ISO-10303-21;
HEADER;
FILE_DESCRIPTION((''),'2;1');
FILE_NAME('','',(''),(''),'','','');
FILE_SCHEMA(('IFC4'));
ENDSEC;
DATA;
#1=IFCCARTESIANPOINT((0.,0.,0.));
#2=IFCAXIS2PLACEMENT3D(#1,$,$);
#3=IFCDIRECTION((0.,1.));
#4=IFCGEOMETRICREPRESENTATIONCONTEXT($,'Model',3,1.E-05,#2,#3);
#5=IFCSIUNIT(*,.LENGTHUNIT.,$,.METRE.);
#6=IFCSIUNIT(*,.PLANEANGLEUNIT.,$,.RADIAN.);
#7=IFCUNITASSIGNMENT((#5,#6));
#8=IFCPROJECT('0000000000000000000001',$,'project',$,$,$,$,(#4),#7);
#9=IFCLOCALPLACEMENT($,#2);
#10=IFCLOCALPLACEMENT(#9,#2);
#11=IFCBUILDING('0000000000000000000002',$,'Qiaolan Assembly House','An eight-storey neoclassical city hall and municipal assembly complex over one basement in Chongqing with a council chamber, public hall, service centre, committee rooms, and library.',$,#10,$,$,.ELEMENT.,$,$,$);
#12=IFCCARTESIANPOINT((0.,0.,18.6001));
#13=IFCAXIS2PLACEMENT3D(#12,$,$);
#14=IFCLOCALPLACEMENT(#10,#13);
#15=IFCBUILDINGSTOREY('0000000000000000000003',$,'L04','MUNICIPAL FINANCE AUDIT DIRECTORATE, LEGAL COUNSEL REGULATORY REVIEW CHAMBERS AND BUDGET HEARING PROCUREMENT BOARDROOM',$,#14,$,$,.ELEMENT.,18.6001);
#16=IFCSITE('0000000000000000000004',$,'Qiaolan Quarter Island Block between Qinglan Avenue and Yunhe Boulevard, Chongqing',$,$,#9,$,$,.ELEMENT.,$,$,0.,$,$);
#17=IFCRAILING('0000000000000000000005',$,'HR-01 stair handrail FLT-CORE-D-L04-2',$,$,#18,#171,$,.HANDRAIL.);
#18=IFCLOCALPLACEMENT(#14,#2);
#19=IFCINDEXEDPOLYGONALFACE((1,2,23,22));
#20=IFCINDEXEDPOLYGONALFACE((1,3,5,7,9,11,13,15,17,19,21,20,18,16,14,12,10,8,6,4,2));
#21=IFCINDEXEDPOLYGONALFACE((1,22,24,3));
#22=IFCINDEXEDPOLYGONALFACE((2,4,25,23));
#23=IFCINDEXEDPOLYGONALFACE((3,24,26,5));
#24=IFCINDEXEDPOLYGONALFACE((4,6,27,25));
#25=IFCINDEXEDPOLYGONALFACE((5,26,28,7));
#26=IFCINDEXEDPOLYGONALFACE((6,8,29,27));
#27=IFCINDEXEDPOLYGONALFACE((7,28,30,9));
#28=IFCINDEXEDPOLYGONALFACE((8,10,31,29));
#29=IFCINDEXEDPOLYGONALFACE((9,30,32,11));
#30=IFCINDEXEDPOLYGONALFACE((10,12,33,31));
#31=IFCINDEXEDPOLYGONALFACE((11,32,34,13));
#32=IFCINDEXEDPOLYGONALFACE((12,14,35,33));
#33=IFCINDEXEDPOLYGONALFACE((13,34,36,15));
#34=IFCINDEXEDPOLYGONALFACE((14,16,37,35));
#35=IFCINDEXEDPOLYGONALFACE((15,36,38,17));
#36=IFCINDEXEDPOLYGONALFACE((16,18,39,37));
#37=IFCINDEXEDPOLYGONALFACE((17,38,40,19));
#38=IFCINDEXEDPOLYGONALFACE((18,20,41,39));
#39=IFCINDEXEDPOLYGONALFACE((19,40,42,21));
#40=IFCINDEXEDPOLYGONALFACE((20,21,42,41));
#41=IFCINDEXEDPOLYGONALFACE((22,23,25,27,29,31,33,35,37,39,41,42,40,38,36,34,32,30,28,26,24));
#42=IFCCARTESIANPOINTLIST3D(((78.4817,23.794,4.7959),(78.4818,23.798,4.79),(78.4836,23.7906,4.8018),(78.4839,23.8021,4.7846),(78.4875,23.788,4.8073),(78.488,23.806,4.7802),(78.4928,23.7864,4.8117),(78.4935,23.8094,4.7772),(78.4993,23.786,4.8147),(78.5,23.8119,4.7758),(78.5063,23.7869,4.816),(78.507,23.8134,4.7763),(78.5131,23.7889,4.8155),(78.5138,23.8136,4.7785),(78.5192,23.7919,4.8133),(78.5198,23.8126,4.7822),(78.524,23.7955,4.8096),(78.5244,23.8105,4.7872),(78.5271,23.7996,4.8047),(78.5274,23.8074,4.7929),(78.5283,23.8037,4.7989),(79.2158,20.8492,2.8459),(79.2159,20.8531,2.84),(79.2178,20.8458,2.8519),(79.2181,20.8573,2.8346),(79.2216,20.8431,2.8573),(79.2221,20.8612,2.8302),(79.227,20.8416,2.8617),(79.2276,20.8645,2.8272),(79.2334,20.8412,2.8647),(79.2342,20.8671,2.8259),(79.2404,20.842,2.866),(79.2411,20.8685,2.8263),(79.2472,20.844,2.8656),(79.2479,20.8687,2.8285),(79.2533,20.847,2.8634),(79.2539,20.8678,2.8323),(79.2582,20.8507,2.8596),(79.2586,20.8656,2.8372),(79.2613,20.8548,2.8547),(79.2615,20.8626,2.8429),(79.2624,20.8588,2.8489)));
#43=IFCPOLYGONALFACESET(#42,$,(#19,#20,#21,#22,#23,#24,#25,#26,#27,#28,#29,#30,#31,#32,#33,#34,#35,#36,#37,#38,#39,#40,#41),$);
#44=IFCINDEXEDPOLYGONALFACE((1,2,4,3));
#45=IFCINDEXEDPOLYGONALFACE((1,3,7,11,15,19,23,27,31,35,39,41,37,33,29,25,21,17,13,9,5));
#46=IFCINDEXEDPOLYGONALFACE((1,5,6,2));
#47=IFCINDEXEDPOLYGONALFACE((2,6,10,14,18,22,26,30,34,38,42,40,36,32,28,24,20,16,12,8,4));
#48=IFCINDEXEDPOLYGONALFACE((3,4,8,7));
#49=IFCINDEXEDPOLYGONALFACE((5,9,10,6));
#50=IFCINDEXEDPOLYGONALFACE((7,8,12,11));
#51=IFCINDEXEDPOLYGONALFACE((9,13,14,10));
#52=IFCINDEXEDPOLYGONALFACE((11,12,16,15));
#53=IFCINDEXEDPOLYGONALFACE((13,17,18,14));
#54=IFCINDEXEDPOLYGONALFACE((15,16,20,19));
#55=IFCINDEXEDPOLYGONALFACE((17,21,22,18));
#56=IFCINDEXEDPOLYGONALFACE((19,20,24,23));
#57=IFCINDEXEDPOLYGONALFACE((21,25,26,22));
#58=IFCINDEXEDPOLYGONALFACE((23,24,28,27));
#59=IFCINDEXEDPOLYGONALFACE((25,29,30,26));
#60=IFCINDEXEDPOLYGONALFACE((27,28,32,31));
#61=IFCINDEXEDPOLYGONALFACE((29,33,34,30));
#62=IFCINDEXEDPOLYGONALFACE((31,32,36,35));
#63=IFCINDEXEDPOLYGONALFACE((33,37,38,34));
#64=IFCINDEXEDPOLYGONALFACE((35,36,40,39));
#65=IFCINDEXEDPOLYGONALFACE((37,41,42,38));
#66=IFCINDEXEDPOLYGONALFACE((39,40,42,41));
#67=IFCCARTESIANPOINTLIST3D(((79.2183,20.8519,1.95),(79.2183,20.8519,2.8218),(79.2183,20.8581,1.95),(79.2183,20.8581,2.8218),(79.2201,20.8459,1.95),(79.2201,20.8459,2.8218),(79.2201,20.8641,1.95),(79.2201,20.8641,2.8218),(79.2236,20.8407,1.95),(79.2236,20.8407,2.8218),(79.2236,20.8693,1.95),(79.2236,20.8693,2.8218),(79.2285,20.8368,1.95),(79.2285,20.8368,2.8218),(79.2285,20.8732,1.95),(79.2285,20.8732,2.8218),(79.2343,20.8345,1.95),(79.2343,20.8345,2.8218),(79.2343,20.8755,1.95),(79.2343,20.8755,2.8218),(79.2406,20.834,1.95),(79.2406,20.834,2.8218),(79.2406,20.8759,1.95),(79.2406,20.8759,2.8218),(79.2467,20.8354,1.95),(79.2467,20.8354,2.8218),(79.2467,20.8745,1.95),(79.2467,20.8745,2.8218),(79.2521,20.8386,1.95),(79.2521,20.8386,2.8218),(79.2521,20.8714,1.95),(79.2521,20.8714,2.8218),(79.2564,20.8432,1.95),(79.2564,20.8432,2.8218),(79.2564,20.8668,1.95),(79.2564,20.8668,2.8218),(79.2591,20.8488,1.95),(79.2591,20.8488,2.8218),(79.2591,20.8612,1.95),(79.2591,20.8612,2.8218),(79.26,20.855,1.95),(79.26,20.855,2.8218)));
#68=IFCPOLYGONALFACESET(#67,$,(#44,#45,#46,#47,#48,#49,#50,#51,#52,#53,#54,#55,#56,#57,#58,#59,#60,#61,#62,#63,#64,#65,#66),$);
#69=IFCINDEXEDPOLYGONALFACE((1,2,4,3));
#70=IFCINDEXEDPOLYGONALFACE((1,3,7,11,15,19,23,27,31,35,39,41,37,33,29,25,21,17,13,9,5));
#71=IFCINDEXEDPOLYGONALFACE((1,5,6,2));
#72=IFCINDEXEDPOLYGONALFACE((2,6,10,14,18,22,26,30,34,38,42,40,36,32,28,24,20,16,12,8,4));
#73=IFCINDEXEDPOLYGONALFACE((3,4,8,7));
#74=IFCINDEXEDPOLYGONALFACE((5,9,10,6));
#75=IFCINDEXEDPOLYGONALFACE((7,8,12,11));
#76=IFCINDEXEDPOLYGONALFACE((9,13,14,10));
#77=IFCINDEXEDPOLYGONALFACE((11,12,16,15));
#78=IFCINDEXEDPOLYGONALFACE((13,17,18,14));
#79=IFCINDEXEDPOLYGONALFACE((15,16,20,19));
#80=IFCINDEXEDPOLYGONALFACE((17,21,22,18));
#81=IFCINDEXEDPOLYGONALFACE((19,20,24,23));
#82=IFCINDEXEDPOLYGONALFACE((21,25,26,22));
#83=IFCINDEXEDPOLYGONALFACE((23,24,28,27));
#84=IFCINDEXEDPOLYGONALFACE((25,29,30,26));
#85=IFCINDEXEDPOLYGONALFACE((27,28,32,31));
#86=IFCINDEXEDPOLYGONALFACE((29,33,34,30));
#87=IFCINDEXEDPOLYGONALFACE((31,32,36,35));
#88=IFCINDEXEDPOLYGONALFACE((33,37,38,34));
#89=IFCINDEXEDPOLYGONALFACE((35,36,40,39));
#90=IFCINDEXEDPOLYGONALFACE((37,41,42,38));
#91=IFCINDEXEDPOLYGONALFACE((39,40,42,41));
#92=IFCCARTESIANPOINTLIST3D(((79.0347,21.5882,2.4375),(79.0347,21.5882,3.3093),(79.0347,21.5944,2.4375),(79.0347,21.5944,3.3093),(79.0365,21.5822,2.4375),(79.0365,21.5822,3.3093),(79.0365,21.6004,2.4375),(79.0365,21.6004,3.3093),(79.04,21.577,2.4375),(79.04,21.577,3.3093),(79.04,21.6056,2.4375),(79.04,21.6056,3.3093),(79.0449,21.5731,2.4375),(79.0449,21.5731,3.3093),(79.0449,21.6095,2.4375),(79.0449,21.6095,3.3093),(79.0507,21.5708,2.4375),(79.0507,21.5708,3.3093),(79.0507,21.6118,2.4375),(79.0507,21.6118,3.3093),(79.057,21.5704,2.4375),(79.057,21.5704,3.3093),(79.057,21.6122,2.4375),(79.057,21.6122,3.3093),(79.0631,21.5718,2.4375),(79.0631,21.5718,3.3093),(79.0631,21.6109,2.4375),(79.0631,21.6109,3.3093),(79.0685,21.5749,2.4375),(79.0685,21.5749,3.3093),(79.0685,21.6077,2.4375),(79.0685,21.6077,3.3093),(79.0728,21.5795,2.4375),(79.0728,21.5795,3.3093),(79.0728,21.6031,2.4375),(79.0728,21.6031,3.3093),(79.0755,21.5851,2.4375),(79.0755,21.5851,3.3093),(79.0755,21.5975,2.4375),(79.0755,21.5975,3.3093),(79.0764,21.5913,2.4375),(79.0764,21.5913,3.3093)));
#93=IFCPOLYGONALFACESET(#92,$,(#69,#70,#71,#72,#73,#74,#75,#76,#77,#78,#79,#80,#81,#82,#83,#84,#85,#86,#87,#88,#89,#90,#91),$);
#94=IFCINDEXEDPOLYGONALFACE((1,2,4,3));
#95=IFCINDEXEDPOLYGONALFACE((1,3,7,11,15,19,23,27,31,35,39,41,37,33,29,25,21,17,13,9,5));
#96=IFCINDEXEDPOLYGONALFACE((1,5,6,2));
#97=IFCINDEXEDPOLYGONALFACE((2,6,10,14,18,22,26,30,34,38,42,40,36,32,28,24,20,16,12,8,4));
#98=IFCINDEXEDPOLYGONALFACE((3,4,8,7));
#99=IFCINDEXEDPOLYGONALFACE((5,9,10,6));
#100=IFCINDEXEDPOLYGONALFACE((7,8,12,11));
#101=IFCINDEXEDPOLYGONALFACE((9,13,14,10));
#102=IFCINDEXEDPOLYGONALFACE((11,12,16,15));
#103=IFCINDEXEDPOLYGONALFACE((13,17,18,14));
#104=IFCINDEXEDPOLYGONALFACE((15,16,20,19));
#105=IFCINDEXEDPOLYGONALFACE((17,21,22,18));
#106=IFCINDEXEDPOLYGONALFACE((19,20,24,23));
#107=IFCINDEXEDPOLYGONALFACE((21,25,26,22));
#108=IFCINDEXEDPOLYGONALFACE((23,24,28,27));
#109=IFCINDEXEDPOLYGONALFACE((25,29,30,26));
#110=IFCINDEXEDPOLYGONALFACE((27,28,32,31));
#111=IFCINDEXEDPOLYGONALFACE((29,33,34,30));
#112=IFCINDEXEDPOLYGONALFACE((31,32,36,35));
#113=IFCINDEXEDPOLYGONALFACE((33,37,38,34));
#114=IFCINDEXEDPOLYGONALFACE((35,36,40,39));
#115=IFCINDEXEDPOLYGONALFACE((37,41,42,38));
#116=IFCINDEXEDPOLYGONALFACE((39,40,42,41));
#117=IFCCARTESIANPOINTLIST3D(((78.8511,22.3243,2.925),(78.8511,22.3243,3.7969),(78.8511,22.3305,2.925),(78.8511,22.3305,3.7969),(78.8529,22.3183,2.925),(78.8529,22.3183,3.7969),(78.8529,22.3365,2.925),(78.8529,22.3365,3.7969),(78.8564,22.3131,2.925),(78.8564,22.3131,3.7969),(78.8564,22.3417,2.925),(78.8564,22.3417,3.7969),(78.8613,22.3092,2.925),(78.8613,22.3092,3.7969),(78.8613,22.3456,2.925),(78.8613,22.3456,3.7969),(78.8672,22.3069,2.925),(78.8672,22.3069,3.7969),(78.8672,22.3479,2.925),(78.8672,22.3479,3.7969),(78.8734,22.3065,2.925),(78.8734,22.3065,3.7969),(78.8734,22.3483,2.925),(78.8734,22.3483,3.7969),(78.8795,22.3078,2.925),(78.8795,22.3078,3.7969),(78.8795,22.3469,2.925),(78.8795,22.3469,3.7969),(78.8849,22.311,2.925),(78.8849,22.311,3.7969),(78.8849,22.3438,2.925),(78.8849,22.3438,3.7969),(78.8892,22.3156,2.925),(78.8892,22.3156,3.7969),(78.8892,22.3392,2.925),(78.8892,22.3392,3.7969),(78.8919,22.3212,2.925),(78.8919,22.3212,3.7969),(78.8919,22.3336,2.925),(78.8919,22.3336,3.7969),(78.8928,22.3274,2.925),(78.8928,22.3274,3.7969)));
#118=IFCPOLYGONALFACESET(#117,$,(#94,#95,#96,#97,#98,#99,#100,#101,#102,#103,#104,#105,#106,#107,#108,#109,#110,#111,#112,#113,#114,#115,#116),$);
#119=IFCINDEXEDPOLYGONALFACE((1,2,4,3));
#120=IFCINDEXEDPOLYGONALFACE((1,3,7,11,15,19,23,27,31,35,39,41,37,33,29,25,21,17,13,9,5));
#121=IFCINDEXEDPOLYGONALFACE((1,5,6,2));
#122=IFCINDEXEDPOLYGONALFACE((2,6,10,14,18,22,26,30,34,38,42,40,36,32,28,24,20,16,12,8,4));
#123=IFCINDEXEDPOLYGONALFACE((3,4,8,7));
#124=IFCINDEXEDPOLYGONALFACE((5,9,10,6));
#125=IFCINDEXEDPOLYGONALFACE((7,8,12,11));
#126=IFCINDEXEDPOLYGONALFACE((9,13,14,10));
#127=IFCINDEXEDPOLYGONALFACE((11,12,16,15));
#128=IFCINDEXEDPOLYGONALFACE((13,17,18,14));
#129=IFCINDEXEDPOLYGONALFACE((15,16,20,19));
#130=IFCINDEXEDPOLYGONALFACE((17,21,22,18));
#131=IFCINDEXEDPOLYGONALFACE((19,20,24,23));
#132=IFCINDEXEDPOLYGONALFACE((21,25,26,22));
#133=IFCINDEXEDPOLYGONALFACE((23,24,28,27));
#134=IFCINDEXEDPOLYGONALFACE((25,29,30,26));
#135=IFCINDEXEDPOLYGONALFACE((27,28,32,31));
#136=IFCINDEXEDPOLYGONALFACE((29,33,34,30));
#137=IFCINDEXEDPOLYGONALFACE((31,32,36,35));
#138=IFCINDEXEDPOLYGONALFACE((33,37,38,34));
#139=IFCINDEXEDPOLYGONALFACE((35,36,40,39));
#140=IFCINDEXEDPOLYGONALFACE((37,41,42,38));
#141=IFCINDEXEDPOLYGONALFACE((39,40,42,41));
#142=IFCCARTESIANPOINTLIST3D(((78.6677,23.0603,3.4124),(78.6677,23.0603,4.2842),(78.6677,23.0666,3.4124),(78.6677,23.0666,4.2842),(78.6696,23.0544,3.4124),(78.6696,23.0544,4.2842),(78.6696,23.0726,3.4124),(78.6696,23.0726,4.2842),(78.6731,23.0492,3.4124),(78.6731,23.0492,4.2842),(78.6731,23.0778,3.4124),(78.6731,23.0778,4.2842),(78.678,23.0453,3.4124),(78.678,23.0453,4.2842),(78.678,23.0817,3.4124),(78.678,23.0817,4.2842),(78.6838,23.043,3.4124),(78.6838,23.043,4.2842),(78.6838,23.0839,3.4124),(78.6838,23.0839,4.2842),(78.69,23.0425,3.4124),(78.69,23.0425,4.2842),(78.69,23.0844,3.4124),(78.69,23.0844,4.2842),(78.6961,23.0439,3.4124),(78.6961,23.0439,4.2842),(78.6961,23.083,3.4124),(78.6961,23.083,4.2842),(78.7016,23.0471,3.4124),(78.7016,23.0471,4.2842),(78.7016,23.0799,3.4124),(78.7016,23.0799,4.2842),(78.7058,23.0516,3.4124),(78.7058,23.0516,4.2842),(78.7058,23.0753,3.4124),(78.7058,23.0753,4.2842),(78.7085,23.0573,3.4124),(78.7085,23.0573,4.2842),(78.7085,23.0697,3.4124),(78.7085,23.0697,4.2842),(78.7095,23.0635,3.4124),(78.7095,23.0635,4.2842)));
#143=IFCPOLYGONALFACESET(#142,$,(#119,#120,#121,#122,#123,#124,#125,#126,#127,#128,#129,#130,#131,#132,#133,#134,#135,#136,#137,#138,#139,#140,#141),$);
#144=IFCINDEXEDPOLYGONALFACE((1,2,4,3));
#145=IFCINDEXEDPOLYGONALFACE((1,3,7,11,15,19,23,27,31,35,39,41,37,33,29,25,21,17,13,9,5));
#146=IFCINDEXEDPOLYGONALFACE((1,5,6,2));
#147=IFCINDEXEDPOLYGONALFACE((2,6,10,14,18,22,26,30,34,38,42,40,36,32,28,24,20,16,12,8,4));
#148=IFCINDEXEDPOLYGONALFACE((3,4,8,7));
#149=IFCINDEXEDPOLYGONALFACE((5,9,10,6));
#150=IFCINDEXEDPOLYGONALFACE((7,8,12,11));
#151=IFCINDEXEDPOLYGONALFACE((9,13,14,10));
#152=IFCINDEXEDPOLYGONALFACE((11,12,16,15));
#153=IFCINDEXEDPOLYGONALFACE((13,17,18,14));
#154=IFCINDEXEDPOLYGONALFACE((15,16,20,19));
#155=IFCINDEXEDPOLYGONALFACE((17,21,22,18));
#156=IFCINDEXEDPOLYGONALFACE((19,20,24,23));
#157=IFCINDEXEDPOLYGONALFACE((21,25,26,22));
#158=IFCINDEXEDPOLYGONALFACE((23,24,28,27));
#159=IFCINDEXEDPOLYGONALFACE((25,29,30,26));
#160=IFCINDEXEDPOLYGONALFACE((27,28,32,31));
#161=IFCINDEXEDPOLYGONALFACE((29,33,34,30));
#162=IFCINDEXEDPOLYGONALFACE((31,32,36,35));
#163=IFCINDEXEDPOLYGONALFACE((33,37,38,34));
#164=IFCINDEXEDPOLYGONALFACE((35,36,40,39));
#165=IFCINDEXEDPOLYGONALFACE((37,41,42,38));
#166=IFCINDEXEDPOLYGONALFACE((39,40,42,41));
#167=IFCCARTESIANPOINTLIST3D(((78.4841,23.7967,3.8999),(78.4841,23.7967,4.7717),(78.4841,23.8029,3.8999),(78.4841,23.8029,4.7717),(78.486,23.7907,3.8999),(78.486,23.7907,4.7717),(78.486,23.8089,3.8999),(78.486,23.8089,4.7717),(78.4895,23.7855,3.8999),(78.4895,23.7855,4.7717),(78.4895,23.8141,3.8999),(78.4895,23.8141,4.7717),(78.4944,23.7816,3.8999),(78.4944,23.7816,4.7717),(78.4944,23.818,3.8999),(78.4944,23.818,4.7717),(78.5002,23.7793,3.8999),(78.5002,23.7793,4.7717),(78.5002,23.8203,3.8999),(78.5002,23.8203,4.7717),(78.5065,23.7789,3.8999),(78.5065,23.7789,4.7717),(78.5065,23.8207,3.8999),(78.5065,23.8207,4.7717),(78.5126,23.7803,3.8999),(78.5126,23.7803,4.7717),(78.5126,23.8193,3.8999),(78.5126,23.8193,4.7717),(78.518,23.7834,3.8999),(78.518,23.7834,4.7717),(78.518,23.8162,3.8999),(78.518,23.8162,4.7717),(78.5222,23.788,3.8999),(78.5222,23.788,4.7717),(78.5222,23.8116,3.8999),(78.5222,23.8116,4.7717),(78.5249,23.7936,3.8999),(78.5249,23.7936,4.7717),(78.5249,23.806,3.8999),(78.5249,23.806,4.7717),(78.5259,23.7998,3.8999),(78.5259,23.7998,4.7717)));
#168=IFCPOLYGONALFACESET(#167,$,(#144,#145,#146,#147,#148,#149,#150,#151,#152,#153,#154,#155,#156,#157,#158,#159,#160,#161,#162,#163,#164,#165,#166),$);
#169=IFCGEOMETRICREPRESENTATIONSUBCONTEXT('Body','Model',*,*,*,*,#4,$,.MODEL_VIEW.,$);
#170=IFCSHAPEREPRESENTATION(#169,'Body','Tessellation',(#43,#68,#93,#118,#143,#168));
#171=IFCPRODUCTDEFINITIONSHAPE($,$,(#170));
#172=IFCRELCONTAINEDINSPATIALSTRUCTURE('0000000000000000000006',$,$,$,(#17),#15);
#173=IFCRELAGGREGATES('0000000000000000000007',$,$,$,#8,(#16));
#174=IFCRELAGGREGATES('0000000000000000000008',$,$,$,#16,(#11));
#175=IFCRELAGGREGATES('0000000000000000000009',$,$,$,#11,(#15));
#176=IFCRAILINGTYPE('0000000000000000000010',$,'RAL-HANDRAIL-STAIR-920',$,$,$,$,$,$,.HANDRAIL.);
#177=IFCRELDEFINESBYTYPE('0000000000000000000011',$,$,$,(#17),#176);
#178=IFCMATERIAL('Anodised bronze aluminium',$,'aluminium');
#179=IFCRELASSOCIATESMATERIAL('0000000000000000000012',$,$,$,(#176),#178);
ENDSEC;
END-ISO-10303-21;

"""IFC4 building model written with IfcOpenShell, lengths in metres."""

from ifc_helpers import new_model, si_unit, direction, frame, origin, origin_2d, place, context, subcontext, project, spatial, circle, extrude, material, type_object, element, save


model = new_model("IFC4")

# Units and contexts
model_context = context("Model", 3, precision=1e-05, world=origin(), true_north=direction((0.0, 1.0)))
body_context = subcontext(model_context, "Body", "Model", "MODEL_VIEW")
ifc_project = project(units=[si_unit("LENGTHUNIT", "METRE"), si_unit("PLANEANGLEUNIT", "RADIAN")], contexts=[model_context])

# Site, building, storey
site_placement = place(None, origin())
site = spatial("IfcSite", under=ifc_project, at=site_placement, Name="Qiaolan Quarter Island Block between Qinglan Avenue and Yunhe Boulevard, Chongqing", CompositionType="ELEMENT", RefElevation=0.0)
building_placement = place(site_placement, origin())
building = spatial("IfcBuilding", under=site, at=building_placement, Name="Qiaolan Assembly House", Description="An eight-storey neoclassical city hall and municipal assembly complex over one basement in Chongqing with a council chamber, public hall, service centre, committee rooms, and library.", CompositionType="ELEMENT")
storey_placement = place(building_placement, frame((0.0, 0.0, 18.6001)))
storey = spatial("IfcBuildingStorey", under=building, at=storey_placement, Name="L04", Description="MUNICIPAL FINANCE AUDIT DIRECTORATE, LEGAL COUNSEL REGULATORY REVIEW CHAMBERS AND BUDGET HEARING PROCUREMENT BOARDROOM", CompositionType="ELEMENT", Elevation=18.6001)

# Railing
ifc_material_1 = material(Name="Anodised bronze aluminium", Category="aluminium")
railing_type_1 = type_object("IfcRailingType", Name="RAL-HANDRAIL-STAIR-920", PredefinedType="HANDRAIL", material=ifc_material_1)
railing_1_placement = place(storey_placement, frame((79.239, 20.855, 1.95)))
element("IfcRailing", 1, at=railing_1_placement, inside=storey, type_object=railing_type_1, Name="HR-01 stair handrail FLT-CORE-D-L04-2", PredefinedType="HANDRAIL", context=body_context, shape_type="SweptSolid", body=[
    extrude(circle(Radius=0.0239, at=origin_2d()), frame((0.0, 0.0, 0.896), z_axis=(-0.203508, 0.816331, 0.540544), x_axis=(-0.970303, -0.241892, 0.0)), (0.0, 0.0, 1.0), 3.6074),
    extrude(circle(Radius=0.021, at=origin_2d()), origin(), (0.0, 0.0, 1.0), 0.8718),
    extrude(circle(Radius=0.021, at=origin_2d()), frame((-0.1836, 0.7363, 0.4875)), (0.0, 0.0, 1.0), 0.8718),
    extrude(circle(Radius=0.021, at=origin_2d()), frame((-0.3672, 1.4724, 0.9751)), (0.0, 0.0, 1.0), 0.8718),
    extrude(circle(Radius=0.021, at=origin_2d()), frame((-0.5505, 2.2085, 1.4624)), (0.0, 0.0, 1.0), 0.8718),
    extrude(circle(Radius=0.021, at=origin_2d()), frame((-0.7341, 2.9448, 1.95)), (0.0, 0.0, 1.0), 0.8718),
])

save(model, "model.ifc")
